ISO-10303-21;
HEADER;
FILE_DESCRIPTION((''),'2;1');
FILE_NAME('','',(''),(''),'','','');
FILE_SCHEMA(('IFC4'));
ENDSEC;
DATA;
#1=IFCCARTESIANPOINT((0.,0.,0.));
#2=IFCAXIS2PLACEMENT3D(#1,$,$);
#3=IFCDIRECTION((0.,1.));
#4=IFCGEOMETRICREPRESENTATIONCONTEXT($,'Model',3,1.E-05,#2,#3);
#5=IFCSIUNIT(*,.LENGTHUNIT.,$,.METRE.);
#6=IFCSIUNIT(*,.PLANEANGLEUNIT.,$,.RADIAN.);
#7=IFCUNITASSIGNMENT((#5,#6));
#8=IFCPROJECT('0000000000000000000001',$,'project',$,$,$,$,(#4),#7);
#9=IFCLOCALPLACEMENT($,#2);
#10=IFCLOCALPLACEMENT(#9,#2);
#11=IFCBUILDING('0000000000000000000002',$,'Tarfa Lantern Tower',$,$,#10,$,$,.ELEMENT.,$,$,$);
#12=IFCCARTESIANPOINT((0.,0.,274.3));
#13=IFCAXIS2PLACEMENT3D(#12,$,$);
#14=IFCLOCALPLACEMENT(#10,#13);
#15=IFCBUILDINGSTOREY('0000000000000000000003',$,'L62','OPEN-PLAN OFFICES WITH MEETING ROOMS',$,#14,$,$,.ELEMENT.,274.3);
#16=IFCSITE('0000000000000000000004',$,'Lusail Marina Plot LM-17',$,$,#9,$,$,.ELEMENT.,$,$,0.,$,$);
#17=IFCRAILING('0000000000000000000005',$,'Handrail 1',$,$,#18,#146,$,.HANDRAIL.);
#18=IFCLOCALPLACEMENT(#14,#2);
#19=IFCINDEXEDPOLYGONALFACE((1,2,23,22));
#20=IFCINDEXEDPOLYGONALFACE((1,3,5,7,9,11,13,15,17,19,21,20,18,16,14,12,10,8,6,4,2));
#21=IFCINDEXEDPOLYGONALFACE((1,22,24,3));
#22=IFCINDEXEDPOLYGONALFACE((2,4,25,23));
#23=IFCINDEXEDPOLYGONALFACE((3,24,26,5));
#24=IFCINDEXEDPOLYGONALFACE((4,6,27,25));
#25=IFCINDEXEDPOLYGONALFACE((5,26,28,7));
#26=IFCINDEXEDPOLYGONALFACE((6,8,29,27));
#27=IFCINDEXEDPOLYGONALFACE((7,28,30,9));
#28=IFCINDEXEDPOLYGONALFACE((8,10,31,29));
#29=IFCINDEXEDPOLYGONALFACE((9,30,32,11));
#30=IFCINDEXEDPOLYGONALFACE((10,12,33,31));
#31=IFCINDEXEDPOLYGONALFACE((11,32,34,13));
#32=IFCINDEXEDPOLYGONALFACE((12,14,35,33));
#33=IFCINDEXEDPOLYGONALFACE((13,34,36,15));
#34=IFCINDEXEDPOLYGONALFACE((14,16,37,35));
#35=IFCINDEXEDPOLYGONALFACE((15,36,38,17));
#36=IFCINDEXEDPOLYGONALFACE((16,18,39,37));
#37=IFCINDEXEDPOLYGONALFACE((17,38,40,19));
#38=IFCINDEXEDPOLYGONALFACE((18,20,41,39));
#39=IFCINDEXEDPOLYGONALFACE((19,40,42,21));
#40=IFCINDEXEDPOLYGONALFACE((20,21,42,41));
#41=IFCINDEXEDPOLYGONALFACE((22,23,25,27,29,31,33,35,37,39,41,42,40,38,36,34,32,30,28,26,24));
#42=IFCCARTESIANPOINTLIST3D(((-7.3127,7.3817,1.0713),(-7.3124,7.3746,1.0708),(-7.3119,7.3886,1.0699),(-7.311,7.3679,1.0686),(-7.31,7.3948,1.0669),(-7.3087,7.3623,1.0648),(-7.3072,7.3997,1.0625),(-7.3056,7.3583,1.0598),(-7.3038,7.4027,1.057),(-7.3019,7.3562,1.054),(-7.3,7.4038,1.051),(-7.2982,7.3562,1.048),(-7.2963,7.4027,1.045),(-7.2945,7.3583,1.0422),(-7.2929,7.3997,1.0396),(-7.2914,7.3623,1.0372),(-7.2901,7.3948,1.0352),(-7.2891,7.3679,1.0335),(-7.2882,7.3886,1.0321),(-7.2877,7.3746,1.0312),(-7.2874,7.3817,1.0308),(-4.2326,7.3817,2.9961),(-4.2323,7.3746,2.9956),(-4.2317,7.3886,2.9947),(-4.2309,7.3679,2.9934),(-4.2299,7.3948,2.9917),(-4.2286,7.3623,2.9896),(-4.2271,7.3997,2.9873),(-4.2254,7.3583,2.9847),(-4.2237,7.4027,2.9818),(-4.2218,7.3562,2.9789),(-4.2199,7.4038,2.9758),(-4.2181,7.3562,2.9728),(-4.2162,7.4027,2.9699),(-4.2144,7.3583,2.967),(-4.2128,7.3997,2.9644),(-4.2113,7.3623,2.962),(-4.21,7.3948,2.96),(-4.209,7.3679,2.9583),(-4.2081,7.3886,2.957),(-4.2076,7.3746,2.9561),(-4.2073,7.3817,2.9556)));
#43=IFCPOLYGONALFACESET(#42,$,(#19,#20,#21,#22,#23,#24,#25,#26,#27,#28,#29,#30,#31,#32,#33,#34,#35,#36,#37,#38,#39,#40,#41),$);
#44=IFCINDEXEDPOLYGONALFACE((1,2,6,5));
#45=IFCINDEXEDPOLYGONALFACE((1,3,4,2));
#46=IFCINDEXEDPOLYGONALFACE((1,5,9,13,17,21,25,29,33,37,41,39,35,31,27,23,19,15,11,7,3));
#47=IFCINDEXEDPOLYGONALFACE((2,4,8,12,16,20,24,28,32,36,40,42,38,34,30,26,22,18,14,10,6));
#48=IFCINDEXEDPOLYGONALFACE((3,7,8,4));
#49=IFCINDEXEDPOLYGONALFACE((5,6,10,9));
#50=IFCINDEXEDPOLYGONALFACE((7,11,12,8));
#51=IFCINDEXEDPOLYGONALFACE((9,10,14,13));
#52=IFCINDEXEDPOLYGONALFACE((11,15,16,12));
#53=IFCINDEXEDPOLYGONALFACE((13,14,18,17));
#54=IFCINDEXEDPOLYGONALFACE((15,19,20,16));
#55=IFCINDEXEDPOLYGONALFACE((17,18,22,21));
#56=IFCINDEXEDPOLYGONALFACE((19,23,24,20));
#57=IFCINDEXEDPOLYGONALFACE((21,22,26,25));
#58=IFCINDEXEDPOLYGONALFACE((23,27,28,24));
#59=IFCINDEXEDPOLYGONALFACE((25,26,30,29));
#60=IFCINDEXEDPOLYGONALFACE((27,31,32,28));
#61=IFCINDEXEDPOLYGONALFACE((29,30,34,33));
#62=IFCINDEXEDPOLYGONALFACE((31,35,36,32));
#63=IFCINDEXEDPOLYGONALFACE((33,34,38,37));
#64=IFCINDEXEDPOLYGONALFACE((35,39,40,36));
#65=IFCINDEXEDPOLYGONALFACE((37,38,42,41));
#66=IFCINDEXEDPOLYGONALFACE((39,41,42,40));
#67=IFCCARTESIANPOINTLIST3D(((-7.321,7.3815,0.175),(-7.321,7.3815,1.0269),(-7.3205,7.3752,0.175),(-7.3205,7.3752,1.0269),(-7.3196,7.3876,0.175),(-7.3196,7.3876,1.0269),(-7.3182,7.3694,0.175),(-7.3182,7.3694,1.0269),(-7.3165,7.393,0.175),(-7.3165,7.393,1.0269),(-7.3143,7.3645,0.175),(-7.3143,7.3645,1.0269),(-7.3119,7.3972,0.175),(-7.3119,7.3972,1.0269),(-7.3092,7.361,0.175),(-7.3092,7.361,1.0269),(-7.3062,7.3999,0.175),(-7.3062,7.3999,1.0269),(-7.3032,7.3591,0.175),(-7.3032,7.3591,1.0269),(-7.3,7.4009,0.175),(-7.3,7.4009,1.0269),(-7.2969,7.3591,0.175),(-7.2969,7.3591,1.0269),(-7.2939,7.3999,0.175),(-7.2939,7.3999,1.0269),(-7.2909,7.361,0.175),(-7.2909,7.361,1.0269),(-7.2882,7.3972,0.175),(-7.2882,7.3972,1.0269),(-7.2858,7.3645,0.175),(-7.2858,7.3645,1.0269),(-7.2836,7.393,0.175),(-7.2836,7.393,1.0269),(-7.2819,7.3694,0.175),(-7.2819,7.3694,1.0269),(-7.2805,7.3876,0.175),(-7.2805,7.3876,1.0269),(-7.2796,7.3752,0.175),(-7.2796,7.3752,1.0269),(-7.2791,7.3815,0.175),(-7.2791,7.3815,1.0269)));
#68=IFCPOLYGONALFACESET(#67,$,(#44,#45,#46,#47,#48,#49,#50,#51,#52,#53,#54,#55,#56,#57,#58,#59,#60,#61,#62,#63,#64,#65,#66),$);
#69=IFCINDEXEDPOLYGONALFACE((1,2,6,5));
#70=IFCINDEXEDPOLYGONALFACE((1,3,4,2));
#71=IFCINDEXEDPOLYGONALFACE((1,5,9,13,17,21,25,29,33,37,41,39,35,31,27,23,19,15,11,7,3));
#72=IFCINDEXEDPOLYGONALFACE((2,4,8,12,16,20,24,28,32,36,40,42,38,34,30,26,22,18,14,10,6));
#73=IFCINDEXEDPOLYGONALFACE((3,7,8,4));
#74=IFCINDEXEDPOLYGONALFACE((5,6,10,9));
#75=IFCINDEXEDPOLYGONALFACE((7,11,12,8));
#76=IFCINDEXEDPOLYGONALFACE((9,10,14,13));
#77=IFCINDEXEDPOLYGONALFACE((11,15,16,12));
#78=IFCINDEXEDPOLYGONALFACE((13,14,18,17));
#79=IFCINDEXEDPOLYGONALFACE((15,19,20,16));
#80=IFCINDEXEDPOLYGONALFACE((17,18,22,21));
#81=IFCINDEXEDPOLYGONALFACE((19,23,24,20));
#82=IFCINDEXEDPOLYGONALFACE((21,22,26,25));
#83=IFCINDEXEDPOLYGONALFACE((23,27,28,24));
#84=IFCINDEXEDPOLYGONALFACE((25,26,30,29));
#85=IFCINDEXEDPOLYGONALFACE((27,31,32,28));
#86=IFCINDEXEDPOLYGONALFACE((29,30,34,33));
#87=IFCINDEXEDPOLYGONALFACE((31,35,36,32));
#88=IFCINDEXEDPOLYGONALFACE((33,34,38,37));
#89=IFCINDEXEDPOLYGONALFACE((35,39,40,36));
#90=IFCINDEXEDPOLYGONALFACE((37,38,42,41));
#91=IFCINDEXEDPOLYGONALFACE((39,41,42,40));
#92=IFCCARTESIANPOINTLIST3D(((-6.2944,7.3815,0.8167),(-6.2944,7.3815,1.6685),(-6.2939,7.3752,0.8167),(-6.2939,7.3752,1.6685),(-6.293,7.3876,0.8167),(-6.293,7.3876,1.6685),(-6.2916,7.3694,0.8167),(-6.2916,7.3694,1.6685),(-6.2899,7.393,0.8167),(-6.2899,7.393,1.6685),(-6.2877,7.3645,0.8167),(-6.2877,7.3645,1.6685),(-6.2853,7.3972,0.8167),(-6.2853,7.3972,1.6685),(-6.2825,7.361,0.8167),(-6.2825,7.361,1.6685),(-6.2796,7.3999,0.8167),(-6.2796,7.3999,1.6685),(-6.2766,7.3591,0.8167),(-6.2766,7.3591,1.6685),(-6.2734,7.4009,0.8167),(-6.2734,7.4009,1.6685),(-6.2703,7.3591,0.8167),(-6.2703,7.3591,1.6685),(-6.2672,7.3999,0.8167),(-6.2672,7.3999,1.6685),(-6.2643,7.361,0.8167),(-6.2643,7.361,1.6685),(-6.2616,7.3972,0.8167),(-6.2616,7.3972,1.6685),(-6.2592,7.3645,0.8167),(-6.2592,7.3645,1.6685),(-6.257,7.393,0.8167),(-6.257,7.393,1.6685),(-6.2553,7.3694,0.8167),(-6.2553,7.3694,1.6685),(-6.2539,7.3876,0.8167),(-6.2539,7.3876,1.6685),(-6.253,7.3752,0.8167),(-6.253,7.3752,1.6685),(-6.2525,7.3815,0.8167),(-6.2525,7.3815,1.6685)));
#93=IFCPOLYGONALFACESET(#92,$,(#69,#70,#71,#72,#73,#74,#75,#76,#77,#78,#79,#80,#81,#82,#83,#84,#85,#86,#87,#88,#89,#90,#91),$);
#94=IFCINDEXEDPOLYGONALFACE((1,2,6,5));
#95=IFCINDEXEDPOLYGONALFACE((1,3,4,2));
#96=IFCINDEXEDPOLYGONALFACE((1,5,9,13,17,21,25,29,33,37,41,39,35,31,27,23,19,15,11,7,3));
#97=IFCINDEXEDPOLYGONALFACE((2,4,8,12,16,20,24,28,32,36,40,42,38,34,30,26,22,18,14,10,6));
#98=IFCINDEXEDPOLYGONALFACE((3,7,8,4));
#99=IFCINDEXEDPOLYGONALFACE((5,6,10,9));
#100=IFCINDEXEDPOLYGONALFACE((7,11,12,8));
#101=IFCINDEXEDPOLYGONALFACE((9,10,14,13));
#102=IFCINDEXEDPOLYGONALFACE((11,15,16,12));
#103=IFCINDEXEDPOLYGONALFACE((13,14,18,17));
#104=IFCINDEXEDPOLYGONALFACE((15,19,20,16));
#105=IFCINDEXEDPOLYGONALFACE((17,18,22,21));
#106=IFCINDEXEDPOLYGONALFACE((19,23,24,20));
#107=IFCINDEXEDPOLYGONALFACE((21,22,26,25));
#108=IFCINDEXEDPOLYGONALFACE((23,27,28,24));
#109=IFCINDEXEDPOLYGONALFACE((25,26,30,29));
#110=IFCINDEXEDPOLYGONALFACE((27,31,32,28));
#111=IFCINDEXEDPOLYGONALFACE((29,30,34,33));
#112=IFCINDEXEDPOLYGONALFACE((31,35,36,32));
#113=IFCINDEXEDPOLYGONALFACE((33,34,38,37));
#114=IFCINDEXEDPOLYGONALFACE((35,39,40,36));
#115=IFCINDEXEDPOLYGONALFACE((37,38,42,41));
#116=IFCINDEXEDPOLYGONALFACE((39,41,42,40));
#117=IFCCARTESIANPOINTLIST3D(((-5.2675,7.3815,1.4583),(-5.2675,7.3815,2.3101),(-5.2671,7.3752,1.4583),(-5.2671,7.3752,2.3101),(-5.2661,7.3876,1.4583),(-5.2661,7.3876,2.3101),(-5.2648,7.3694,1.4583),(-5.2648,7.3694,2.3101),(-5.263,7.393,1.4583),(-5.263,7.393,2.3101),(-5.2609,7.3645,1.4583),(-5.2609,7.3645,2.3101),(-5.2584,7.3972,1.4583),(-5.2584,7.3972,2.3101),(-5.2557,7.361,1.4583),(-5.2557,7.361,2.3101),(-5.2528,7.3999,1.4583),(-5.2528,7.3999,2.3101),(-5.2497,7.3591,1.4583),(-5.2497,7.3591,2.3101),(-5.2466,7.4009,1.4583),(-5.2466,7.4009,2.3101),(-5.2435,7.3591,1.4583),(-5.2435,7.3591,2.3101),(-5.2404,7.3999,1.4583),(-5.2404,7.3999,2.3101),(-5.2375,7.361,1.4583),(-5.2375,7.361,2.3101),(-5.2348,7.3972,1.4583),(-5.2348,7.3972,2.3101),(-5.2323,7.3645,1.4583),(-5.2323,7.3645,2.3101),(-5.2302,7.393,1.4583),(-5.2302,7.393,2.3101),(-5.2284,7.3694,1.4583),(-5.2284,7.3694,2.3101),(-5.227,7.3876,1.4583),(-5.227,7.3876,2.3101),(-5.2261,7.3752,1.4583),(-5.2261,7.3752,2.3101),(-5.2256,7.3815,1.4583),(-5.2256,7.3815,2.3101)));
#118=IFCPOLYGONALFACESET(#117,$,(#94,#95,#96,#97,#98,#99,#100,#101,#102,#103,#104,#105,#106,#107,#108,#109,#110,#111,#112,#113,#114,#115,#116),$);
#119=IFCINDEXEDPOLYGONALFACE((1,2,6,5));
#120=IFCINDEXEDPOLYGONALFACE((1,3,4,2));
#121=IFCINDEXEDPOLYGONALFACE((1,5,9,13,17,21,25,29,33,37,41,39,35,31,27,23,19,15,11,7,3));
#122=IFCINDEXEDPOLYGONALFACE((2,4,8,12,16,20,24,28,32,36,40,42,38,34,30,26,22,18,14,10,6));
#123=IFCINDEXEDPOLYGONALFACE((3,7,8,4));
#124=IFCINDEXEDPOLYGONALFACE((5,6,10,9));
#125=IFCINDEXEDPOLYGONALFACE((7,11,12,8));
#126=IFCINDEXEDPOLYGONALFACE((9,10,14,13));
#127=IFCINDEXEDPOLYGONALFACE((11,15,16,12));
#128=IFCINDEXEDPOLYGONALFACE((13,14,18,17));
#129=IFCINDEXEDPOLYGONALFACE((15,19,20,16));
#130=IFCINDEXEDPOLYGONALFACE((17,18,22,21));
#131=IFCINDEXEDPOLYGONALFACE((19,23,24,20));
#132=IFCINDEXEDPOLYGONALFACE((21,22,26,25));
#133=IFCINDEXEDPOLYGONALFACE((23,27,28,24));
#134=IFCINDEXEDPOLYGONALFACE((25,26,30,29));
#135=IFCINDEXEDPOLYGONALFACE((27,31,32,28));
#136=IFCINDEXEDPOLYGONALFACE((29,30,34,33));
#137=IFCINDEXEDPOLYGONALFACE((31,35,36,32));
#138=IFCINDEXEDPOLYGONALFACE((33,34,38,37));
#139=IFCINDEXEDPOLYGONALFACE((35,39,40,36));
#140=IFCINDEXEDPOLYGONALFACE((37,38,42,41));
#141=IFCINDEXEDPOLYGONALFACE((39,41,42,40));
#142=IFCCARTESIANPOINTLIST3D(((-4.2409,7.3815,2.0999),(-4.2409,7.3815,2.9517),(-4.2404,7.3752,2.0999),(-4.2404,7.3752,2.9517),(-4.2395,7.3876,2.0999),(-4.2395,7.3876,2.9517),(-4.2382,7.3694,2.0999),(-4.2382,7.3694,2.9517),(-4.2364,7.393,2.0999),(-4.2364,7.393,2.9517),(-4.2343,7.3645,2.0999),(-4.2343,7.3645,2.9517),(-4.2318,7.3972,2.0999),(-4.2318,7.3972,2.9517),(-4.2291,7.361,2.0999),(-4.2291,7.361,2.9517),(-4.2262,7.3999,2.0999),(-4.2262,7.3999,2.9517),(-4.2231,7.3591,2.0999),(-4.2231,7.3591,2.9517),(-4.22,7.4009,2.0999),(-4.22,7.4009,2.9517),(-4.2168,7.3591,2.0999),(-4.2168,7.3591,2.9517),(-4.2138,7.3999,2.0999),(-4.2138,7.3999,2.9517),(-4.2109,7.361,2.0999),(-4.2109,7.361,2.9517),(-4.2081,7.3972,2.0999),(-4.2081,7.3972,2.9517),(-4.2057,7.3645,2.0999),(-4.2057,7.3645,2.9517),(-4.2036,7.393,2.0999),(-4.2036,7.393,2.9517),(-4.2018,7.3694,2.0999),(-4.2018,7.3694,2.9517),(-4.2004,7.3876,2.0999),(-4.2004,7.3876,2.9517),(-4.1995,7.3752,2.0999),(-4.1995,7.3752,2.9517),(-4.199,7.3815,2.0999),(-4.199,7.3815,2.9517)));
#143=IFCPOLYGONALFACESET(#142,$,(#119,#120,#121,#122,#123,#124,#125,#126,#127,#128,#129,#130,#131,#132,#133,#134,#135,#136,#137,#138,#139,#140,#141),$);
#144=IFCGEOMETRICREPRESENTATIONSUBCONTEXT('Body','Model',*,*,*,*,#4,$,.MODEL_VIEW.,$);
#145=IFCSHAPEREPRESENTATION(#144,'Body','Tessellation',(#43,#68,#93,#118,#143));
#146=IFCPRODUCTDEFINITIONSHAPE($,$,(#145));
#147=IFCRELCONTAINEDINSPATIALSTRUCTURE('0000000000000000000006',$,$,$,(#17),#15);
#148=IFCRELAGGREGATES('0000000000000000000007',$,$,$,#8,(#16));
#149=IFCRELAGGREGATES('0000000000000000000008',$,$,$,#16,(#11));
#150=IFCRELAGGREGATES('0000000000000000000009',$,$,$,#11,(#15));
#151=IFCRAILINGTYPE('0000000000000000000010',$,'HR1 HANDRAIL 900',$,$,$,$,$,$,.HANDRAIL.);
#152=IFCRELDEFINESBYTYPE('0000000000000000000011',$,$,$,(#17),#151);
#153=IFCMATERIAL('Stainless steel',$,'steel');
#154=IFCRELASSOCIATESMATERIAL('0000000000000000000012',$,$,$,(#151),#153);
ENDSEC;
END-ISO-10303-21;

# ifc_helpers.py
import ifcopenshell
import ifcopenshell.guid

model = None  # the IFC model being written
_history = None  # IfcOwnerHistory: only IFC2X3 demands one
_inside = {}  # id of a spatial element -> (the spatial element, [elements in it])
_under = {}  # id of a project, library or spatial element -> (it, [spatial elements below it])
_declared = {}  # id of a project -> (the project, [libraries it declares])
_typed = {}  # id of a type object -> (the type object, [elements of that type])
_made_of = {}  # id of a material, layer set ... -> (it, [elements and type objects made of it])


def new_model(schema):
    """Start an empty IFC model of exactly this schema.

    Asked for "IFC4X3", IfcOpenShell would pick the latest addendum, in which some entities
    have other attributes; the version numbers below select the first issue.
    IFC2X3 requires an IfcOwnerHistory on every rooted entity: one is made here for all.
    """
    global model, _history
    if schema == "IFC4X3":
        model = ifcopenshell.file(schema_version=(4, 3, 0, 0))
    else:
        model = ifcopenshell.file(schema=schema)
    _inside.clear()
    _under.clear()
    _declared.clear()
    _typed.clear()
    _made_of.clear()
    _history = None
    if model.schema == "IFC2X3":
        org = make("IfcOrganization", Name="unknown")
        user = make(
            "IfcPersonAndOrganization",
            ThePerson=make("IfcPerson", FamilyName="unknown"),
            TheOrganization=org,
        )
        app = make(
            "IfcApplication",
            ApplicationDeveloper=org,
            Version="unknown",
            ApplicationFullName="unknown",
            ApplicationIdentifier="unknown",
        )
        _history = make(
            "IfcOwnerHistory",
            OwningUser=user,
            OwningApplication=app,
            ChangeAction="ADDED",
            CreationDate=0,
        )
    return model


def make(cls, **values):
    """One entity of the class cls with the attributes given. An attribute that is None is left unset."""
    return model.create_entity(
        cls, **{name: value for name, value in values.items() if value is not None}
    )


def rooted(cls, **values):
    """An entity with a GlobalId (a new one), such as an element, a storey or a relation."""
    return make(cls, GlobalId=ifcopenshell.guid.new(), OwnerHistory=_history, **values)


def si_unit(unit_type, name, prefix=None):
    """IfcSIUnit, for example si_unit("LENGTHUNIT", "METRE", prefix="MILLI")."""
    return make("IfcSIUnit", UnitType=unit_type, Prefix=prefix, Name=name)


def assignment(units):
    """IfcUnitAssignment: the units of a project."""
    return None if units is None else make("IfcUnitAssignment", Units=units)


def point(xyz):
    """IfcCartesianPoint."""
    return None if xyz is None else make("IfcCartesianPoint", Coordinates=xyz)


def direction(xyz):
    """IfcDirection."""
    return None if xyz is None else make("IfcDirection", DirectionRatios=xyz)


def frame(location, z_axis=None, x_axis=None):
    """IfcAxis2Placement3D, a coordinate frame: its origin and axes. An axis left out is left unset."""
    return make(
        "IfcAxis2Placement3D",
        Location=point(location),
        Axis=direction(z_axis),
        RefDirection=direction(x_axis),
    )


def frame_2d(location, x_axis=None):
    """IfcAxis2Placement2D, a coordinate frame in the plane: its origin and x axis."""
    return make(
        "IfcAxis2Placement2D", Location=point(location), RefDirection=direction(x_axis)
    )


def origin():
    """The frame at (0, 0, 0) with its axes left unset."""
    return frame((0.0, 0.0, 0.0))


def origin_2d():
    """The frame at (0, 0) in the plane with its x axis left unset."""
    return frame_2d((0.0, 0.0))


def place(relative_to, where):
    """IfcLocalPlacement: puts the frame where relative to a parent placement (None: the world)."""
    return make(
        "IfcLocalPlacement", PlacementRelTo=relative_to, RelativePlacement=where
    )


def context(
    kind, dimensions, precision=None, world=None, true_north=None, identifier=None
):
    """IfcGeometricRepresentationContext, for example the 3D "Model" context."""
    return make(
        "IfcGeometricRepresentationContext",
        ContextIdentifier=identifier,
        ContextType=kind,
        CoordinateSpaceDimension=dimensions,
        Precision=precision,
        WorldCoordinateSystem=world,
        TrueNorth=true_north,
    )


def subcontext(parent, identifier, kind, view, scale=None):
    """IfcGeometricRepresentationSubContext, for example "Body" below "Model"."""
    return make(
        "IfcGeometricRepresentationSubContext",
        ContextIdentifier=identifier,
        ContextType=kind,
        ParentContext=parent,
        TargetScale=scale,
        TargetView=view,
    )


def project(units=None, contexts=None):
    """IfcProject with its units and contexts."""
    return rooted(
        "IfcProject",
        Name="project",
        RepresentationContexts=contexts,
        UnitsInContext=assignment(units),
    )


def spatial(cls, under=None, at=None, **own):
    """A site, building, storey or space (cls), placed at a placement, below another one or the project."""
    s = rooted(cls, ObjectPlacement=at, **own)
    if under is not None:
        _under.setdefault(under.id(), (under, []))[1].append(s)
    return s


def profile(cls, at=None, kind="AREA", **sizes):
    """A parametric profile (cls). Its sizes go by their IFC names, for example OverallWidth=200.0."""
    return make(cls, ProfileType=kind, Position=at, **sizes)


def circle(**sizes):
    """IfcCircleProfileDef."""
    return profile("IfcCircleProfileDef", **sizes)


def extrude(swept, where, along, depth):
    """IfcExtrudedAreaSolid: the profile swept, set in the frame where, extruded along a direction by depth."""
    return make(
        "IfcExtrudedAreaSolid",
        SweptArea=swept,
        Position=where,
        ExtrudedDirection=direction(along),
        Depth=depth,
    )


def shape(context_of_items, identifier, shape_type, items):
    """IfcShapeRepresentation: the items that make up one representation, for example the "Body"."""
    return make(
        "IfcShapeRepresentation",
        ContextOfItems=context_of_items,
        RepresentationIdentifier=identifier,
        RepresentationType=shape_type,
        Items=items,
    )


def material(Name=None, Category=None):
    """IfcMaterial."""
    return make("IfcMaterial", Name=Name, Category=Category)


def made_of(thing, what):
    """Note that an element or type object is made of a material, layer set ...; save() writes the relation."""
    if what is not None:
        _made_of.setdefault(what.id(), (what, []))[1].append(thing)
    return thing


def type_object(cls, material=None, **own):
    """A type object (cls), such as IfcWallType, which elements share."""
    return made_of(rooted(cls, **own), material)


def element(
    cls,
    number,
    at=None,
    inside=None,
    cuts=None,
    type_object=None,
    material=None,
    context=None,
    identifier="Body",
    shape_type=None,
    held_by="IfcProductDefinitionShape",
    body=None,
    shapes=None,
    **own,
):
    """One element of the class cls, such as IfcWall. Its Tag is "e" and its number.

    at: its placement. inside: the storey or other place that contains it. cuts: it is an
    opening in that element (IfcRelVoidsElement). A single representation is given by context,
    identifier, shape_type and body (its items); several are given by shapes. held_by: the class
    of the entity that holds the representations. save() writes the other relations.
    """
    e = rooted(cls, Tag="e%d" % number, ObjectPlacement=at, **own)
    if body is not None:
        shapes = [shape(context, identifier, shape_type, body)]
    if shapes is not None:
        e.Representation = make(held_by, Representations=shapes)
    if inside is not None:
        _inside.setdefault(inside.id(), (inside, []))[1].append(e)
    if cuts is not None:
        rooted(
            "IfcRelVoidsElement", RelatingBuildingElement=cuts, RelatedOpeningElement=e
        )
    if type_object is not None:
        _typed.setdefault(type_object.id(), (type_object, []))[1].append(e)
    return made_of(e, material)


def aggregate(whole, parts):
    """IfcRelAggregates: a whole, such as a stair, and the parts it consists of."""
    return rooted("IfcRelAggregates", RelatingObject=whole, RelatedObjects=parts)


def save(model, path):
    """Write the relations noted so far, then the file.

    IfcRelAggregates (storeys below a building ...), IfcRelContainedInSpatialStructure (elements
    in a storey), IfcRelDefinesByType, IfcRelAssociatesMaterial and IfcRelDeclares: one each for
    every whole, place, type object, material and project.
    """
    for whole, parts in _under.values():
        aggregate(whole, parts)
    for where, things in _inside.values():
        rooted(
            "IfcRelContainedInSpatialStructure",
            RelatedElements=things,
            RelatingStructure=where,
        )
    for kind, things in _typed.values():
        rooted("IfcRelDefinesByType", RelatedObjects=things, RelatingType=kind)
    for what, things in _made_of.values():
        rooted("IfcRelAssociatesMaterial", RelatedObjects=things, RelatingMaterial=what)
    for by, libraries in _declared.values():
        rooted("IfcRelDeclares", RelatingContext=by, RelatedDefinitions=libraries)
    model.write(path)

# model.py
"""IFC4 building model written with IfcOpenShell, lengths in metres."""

from ifc_helpers import new_model, si_unit, direction, frame, origin, origin_2d, place, context, subcontext, project, spatial, circle, extrude, material, type_object, element, save


model = new_model("IFC4")

# Units and contexts
model_context = context("Model", 3, precision=1e-05, world=origin(), true_north=direction((0.0, 1.0)))
body_context = subcontext(model_context, "Body", "Model", "MODEL_VIEW")
ifc_project = project(units=[si_unit("LENGTHUNIT", "METRE"), si_unit("PLANEANGLEUNIT", "RADIAN")], contexts=[model_context])

# Site, building, storey
site_placement = place(None, origin())
site = spatial("IfcSite", under=ifc_project, at=site_placement, Name="Lusail Marina Plot LM-17", CompositionType="ELEMENT", RefElevation=0.0)
building_placement = place(site_placement, origin())
building = spatial("IfcBuilding", under=site, at=building_placement, Name="Tarfa Lantern Tower", CompositionType="ELEMENT")
storey_placement = place(building_placement, frame((0.0, 0.0, 274.3)))
storey = spatial("IfcBuildingStorey", under=building, at=storey_placement, Name="L62", Description="OPEN-PLAN OFFICES WITH MEETING ROOMS", CompositionType="ELEMENT", Elevation=274.3)

# Railing
ifc_material_1 = material(Name="Stainless steel", Category="steel")
railing_type = type_object("IfcRailingType", Name="HR1 HANDRAIL 900", PredefinedType="HANDRAIL", material=ifc_material_1)
railing_1_placement = place(storey_placement, frame((-7.3, 7.3799, 0.175)))
element("IfcRailing", 1, at=railing_1_placement, inside=storey, type_object=railing_type, Name="Handrail 1", PredefinedType="HANDRAIL", context=body_context, shape_type="SweptSolid", body=[
    extrude(circle(Radius=0.0239, at=origin_2d()), frame((0.0, 0.0, 0.876), z_axis=(0.848029, 0.0, 0.529951), x_axis=(0.0, 1.0, 0.0)), (0.0, 0.0, 1.0), 3.6321),
    extrude(circle(Radius=0.021, at=origin_2d()), frame((0.0, 0.0, 0.0), z_axis=(0.0, 0.0, 1.0), x_axis=(0.0, 1.0, 0.0)), (0.0, 0.0, 1.0), 0.8518),
    extrude(circle(Radius=0.021, at=origin_2d()), frame((1.0266, 0.0, 0.6416), z_axis=(0.0, 0.0, 1.0), x_axis=(0.0, 1.0, 0.0)), (0.0, 0.0, 1.0), 0.8518),
    extrude(circle(Radius=0.021, at=origin_2d()), frame((2.0535, 0.0, 1.2832), z_axis=(0.0, 0.0, 1.0), x_axis=(0.0, 1.0, 0.0)), (0.0, 0.0, 1.0), 0.8518),
    extrude(circle(Radius=0.021, at=origin_2d()), frame((3.0801, 0.0, 1.9248), z_axis=(0.0, 0.0, 1.0), x_axis=(0.0, 1.0, 0.0)), (0.0, 0.0, 1.0), 0.8518),
])

save(model, "model.ifc")
